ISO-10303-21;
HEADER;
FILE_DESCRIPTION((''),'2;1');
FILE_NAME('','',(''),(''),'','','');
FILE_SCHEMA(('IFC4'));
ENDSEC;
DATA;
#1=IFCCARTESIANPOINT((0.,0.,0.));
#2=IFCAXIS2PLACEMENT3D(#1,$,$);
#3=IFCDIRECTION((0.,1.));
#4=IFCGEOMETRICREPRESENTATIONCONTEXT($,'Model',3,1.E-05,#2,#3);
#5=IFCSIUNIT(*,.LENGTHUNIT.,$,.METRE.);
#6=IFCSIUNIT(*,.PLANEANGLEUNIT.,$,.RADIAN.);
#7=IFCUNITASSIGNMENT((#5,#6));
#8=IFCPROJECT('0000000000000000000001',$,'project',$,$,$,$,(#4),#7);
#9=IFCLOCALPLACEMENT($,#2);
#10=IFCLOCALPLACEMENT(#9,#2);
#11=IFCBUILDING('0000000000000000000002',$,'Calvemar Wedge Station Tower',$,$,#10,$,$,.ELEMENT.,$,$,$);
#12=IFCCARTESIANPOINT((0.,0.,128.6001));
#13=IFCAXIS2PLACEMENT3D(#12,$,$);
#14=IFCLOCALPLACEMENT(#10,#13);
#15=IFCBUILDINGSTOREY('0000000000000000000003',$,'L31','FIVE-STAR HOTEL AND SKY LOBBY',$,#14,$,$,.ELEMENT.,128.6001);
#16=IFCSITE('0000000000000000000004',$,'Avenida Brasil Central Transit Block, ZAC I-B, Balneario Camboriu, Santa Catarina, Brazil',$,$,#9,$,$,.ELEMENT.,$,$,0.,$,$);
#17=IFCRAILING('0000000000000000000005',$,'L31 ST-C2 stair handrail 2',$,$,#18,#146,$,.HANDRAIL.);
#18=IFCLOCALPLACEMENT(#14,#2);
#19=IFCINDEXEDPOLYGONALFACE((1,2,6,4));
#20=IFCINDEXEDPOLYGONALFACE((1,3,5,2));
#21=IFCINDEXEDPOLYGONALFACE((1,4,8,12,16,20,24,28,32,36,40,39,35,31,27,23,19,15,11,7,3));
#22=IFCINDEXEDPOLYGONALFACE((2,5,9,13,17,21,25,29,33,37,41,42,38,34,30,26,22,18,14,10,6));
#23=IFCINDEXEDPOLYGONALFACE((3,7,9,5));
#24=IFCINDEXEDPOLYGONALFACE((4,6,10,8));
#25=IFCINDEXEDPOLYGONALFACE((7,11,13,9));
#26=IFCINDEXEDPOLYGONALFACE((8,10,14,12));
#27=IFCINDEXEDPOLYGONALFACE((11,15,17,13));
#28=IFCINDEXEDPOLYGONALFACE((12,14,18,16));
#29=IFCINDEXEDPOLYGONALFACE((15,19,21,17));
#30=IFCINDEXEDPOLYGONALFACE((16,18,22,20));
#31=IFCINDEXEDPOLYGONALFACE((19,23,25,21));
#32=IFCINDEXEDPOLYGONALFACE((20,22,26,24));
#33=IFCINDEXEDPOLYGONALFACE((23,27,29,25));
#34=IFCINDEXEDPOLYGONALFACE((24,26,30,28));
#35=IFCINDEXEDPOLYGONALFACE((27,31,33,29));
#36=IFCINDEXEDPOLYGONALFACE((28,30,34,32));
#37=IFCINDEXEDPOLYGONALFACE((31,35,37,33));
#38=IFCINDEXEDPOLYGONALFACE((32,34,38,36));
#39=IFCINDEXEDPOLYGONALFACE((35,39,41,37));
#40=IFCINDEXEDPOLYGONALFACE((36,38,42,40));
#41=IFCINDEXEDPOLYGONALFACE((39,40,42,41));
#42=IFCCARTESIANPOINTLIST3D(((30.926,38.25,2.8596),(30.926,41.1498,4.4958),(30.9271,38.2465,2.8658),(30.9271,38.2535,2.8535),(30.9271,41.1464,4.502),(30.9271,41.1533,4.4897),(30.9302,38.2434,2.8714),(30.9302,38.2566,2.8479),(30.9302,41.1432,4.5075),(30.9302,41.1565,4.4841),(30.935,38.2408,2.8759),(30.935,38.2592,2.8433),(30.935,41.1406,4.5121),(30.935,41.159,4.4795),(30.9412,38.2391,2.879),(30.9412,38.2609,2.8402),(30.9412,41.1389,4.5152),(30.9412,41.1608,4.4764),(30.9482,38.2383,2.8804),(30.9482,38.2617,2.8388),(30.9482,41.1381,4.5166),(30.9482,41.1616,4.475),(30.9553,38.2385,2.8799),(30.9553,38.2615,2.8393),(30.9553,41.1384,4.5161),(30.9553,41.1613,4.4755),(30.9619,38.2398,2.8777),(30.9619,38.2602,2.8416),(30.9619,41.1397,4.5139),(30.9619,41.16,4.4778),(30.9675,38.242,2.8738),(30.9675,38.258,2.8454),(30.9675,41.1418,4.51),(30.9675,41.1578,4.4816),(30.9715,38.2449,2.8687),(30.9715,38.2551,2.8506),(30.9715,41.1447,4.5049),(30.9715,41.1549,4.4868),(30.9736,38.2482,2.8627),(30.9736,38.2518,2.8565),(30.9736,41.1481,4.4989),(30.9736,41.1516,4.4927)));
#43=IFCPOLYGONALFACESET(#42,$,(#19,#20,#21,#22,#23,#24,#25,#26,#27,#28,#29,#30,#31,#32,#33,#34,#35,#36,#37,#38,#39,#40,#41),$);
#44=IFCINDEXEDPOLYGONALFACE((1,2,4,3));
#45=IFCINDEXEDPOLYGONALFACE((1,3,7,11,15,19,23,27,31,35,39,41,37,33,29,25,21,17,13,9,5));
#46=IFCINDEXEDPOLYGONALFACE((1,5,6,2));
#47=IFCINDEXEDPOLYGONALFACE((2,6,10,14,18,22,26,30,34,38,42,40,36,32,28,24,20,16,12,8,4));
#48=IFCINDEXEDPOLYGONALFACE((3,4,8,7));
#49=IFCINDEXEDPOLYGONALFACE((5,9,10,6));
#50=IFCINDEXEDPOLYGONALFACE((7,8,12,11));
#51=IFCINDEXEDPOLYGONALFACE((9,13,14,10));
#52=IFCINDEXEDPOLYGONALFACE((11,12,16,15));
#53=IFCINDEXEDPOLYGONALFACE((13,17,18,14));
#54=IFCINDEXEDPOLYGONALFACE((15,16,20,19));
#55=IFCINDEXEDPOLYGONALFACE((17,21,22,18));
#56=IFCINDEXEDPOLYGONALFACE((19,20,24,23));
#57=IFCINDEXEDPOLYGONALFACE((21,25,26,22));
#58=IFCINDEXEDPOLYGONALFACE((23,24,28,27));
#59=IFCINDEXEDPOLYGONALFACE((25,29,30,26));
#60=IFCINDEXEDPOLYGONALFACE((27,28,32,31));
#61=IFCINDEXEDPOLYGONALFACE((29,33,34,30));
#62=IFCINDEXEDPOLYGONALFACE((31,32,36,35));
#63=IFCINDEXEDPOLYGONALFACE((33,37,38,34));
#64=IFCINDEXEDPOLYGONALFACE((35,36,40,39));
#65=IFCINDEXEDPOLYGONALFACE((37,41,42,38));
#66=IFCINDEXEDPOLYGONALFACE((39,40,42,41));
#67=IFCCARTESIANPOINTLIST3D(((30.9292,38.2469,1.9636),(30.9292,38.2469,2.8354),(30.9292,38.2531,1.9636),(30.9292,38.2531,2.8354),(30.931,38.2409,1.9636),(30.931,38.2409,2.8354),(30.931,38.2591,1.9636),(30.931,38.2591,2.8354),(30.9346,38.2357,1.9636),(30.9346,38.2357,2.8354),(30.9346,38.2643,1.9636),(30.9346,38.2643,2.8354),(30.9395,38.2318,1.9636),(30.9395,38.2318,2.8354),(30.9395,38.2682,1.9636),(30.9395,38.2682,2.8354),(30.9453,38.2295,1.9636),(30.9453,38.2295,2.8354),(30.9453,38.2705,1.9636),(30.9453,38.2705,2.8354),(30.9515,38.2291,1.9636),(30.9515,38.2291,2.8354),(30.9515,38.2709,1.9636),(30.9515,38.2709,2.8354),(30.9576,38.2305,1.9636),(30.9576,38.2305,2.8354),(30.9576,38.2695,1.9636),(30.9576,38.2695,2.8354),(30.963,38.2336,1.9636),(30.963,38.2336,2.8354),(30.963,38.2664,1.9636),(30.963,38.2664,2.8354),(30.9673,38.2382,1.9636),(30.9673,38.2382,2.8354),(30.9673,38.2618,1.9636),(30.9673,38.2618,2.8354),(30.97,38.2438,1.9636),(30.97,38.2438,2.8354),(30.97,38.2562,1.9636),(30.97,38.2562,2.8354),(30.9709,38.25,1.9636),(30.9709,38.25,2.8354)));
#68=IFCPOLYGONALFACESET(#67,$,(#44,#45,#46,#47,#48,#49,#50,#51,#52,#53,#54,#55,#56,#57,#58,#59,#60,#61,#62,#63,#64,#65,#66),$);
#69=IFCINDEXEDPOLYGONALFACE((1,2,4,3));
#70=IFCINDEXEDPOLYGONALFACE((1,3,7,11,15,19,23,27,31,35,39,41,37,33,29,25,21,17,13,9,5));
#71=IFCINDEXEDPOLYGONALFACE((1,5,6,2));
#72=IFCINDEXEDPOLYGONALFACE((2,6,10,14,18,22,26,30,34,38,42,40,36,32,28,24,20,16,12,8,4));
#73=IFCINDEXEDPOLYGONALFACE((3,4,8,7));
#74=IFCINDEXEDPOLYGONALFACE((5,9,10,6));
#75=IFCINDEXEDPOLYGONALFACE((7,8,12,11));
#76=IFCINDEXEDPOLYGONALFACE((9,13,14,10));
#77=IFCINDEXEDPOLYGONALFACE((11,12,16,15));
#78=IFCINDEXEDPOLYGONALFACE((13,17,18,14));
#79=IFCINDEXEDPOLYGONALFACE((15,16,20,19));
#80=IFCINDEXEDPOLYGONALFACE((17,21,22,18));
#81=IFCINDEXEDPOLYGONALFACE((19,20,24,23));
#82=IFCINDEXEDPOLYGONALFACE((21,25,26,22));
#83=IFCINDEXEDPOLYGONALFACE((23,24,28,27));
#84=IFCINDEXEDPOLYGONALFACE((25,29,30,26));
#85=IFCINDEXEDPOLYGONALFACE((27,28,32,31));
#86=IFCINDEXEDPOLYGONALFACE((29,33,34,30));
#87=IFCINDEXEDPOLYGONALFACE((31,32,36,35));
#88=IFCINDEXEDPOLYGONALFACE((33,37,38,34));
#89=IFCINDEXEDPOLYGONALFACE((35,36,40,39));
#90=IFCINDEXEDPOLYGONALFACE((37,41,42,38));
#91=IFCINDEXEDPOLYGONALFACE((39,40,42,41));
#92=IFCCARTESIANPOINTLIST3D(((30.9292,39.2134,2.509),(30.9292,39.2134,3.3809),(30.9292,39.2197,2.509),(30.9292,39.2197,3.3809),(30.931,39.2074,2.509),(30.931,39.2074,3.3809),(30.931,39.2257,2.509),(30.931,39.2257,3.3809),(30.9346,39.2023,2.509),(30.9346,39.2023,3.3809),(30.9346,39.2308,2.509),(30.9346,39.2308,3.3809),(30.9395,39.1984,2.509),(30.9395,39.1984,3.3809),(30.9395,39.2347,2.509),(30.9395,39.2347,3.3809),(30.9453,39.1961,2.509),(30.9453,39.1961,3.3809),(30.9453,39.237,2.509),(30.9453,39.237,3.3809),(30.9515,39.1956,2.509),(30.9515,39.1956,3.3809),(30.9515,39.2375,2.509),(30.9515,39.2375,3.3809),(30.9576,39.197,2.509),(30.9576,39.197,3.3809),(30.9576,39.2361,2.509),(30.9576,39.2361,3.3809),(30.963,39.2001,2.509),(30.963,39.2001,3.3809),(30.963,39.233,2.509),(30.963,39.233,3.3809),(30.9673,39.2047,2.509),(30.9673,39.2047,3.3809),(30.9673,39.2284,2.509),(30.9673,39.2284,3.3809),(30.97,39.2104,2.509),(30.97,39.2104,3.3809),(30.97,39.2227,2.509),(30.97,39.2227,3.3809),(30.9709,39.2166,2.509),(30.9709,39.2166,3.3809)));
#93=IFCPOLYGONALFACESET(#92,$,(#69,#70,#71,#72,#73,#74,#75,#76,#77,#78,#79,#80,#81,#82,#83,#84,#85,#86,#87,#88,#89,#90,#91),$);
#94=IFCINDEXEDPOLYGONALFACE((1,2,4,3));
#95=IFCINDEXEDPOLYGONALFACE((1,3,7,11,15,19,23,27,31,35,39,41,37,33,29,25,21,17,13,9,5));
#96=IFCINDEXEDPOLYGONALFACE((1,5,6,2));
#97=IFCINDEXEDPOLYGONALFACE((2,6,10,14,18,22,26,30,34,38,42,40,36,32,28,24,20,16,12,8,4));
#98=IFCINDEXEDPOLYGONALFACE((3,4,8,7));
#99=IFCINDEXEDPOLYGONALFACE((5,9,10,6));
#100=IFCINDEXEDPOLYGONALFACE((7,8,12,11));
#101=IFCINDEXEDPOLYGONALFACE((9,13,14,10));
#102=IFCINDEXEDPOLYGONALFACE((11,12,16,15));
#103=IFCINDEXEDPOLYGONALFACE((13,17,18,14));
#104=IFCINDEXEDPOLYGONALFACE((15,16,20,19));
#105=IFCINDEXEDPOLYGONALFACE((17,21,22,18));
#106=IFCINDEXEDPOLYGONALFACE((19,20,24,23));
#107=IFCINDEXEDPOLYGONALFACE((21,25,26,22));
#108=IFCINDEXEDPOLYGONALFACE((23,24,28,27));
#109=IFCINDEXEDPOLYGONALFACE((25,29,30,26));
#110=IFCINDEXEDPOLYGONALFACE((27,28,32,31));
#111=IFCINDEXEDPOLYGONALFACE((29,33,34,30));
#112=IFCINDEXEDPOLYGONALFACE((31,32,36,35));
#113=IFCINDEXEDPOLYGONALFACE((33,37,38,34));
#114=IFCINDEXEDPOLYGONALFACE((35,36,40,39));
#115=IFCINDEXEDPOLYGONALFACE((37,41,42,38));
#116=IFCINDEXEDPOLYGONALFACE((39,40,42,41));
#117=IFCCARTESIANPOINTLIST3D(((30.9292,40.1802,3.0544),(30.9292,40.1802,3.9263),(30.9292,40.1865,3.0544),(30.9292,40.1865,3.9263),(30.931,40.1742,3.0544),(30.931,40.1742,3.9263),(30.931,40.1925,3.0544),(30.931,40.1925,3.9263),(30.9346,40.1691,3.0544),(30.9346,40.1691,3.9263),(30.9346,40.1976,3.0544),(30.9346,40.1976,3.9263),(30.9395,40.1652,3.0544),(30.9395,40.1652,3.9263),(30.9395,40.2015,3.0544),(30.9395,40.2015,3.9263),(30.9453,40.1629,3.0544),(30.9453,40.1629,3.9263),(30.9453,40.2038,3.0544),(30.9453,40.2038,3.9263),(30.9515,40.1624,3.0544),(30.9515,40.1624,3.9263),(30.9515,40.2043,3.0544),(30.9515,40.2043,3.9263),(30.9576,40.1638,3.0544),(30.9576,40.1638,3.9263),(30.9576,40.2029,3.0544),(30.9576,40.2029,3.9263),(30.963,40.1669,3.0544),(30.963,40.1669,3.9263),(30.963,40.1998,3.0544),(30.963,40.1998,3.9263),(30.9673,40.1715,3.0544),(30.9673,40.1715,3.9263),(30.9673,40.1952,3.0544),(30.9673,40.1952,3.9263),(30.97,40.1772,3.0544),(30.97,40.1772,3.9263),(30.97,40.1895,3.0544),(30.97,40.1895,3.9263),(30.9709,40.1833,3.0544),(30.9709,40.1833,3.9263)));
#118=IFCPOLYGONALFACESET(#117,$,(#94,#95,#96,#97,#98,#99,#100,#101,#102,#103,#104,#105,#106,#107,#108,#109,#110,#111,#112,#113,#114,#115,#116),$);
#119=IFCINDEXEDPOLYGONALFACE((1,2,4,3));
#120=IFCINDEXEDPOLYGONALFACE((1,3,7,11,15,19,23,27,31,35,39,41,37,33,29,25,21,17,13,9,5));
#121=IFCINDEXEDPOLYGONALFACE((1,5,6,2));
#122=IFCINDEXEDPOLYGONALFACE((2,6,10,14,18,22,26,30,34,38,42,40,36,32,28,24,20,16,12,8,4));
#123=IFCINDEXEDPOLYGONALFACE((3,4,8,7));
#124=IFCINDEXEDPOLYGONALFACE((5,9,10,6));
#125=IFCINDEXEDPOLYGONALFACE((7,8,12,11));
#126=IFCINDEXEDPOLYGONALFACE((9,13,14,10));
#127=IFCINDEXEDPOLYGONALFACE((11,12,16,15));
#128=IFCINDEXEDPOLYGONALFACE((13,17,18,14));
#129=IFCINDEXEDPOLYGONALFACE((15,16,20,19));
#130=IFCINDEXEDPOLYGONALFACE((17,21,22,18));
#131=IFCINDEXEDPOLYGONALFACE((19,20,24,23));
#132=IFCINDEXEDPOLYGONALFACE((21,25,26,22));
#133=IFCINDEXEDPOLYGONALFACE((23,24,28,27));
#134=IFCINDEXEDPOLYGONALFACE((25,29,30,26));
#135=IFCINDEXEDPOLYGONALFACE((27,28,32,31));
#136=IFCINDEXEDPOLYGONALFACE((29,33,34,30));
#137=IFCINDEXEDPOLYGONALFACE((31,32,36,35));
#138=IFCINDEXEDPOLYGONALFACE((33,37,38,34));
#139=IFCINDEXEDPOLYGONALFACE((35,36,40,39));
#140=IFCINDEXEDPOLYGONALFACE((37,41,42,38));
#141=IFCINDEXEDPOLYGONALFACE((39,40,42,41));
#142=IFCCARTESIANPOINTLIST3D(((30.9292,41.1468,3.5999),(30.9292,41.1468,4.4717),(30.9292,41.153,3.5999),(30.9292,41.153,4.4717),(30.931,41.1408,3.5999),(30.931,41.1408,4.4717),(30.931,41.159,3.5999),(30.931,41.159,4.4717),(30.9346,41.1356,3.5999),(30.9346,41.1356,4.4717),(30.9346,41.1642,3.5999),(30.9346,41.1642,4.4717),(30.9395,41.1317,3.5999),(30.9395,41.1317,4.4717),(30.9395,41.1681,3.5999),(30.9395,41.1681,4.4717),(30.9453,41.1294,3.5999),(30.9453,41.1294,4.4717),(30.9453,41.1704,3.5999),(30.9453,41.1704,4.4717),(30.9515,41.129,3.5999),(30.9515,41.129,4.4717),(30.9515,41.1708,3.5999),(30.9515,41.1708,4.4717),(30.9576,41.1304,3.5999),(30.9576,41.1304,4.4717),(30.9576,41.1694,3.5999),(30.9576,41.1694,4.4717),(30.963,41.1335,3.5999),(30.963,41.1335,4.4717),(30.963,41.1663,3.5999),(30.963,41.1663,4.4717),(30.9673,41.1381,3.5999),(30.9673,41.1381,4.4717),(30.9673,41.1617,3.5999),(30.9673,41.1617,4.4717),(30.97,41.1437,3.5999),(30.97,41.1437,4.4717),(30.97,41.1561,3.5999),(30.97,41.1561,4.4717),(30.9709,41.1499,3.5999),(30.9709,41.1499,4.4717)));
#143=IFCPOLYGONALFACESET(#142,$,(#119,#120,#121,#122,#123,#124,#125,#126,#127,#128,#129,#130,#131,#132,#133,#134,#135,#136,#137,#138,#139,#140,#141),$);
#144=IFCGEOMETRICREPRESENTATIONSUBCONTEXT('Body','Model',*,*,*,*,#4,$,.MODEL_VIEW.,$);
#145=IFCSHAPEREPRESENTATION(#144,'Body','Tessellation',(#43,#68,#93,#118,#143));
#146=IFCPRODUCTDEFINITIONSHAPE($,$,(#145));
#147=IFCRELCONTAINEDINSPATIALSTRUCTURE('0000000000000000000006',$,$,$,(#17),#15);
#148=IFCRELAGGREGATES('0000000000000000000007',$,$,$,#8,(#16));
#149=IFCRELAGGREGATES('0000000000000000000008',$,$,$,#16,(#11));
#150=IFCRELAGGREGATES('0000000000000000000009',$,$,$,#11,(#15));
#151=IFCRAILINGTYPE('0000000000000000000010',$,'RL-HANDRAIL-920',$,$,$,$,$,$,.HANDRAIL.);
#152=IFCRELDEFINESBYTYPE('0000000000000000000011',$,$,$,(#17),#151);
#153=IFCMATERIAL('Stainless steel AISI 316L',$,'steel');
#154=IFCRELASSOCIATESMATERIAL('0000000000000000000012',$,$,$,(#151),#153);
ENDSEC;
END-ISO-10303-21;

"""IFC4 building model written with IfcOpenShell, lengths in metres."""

from ifc_helpers import new_model, si_unit, direction, frame, origin, origin_2d, place, context, subcontext, project, spatial, circle, extrude, material, type_object, element, save


model = new_model("IFC4")

# Units and contexts
model_context = context("Model", 3, precision=1e-05, world=origin(), true_north=direction((0.0, 1.0)))
body_context = subcontext(model_context, "Body", "Model", "MODEL_VIEW")
ifc_project = project(units=[si_unit("LENGTHUNIT", "METRE"), si_unit("PLANEANGLEUNIT", "RADIAN")], contexts=[model_context])

# Site, building, storey
site_placement = place(None, origin())
site = spatial("IfcSite", under=ifc_project, at=site_placement, Name="Avenida Brasil Central Transit Block, ZAC I-B, Balneario Camboriu, Santa Catarina, Brazil", CompositionType="ELEMENT", RefElevation=0.0)
building_placement = place(site_placement, origin())
building = spatial("IfcBuilding", under=site, at=building_placement, Name="Calvemar Wedge Station Tower", CompositionType="ELEMENT")
storey_placement = place(building_placement, frame((0.0, 0.0, 128.6001)))
storey = spatial("IfcBuildingStorey", under=building, at=storey_placement, Name="L31", Description="FIVE-STAR HOTEL AND SKY LOBBY", CompositionType="ELEMENT", Elevation=128.6001)

# Railing
ifc_material_1 = material(Name="Stainless steel AISI 316L", Category="steel")
railing_type_1 = type_object("IfcRailingType", Name="RL-HANDRAIL-920", PredefinedType="HANDRAIL", material=ifc_material_1)
railing_1_placement = place(storey_placement, frame((30.95, 38.25, 1.9636)))
element("IfcRailing", 1, at=railing_1_placement, inside=storey, type_object=railing_type_1, Name="L31 ST-C2 stair handrail 2", PredefinedType="HANDRAIL", context=body_context, shape_type="SweptSolid", body=[
    extrude(circle(Radius=0.0239, at=origin_2d()), frame((0.0, 0.0, 0.896), z_axis=(0.0, 0.870929, 0.49141), x_axis=(-1.0, 0.0, 0.0)), (0.0, 0.0, 1.0), 3.3296),
    extrude(circle(Radius=0.021, at=origin_2d()), origin(), (0.0, 0.0, 1.0), 0.8718),
    extrude(circle(Radius=0.021, at=origin_2d()), frame((0.0, 0.9666, 0.5454)), (0.0, 0.0, 1.0), 0.8718),
    extrude(circle(Radius=0.021, at=origin_2d()), frame((0.0, 1.9333, 1.0908)), (0.0, 0.0, 1.0), 0.8718),
    extrude(circle(Radius=0.021, at=origin_2d()), frame((0.0, 2.8999, 1.6362)), (0.0, 0.0, 1.0), 0.8718),
])

save(model, "model.ifc")
